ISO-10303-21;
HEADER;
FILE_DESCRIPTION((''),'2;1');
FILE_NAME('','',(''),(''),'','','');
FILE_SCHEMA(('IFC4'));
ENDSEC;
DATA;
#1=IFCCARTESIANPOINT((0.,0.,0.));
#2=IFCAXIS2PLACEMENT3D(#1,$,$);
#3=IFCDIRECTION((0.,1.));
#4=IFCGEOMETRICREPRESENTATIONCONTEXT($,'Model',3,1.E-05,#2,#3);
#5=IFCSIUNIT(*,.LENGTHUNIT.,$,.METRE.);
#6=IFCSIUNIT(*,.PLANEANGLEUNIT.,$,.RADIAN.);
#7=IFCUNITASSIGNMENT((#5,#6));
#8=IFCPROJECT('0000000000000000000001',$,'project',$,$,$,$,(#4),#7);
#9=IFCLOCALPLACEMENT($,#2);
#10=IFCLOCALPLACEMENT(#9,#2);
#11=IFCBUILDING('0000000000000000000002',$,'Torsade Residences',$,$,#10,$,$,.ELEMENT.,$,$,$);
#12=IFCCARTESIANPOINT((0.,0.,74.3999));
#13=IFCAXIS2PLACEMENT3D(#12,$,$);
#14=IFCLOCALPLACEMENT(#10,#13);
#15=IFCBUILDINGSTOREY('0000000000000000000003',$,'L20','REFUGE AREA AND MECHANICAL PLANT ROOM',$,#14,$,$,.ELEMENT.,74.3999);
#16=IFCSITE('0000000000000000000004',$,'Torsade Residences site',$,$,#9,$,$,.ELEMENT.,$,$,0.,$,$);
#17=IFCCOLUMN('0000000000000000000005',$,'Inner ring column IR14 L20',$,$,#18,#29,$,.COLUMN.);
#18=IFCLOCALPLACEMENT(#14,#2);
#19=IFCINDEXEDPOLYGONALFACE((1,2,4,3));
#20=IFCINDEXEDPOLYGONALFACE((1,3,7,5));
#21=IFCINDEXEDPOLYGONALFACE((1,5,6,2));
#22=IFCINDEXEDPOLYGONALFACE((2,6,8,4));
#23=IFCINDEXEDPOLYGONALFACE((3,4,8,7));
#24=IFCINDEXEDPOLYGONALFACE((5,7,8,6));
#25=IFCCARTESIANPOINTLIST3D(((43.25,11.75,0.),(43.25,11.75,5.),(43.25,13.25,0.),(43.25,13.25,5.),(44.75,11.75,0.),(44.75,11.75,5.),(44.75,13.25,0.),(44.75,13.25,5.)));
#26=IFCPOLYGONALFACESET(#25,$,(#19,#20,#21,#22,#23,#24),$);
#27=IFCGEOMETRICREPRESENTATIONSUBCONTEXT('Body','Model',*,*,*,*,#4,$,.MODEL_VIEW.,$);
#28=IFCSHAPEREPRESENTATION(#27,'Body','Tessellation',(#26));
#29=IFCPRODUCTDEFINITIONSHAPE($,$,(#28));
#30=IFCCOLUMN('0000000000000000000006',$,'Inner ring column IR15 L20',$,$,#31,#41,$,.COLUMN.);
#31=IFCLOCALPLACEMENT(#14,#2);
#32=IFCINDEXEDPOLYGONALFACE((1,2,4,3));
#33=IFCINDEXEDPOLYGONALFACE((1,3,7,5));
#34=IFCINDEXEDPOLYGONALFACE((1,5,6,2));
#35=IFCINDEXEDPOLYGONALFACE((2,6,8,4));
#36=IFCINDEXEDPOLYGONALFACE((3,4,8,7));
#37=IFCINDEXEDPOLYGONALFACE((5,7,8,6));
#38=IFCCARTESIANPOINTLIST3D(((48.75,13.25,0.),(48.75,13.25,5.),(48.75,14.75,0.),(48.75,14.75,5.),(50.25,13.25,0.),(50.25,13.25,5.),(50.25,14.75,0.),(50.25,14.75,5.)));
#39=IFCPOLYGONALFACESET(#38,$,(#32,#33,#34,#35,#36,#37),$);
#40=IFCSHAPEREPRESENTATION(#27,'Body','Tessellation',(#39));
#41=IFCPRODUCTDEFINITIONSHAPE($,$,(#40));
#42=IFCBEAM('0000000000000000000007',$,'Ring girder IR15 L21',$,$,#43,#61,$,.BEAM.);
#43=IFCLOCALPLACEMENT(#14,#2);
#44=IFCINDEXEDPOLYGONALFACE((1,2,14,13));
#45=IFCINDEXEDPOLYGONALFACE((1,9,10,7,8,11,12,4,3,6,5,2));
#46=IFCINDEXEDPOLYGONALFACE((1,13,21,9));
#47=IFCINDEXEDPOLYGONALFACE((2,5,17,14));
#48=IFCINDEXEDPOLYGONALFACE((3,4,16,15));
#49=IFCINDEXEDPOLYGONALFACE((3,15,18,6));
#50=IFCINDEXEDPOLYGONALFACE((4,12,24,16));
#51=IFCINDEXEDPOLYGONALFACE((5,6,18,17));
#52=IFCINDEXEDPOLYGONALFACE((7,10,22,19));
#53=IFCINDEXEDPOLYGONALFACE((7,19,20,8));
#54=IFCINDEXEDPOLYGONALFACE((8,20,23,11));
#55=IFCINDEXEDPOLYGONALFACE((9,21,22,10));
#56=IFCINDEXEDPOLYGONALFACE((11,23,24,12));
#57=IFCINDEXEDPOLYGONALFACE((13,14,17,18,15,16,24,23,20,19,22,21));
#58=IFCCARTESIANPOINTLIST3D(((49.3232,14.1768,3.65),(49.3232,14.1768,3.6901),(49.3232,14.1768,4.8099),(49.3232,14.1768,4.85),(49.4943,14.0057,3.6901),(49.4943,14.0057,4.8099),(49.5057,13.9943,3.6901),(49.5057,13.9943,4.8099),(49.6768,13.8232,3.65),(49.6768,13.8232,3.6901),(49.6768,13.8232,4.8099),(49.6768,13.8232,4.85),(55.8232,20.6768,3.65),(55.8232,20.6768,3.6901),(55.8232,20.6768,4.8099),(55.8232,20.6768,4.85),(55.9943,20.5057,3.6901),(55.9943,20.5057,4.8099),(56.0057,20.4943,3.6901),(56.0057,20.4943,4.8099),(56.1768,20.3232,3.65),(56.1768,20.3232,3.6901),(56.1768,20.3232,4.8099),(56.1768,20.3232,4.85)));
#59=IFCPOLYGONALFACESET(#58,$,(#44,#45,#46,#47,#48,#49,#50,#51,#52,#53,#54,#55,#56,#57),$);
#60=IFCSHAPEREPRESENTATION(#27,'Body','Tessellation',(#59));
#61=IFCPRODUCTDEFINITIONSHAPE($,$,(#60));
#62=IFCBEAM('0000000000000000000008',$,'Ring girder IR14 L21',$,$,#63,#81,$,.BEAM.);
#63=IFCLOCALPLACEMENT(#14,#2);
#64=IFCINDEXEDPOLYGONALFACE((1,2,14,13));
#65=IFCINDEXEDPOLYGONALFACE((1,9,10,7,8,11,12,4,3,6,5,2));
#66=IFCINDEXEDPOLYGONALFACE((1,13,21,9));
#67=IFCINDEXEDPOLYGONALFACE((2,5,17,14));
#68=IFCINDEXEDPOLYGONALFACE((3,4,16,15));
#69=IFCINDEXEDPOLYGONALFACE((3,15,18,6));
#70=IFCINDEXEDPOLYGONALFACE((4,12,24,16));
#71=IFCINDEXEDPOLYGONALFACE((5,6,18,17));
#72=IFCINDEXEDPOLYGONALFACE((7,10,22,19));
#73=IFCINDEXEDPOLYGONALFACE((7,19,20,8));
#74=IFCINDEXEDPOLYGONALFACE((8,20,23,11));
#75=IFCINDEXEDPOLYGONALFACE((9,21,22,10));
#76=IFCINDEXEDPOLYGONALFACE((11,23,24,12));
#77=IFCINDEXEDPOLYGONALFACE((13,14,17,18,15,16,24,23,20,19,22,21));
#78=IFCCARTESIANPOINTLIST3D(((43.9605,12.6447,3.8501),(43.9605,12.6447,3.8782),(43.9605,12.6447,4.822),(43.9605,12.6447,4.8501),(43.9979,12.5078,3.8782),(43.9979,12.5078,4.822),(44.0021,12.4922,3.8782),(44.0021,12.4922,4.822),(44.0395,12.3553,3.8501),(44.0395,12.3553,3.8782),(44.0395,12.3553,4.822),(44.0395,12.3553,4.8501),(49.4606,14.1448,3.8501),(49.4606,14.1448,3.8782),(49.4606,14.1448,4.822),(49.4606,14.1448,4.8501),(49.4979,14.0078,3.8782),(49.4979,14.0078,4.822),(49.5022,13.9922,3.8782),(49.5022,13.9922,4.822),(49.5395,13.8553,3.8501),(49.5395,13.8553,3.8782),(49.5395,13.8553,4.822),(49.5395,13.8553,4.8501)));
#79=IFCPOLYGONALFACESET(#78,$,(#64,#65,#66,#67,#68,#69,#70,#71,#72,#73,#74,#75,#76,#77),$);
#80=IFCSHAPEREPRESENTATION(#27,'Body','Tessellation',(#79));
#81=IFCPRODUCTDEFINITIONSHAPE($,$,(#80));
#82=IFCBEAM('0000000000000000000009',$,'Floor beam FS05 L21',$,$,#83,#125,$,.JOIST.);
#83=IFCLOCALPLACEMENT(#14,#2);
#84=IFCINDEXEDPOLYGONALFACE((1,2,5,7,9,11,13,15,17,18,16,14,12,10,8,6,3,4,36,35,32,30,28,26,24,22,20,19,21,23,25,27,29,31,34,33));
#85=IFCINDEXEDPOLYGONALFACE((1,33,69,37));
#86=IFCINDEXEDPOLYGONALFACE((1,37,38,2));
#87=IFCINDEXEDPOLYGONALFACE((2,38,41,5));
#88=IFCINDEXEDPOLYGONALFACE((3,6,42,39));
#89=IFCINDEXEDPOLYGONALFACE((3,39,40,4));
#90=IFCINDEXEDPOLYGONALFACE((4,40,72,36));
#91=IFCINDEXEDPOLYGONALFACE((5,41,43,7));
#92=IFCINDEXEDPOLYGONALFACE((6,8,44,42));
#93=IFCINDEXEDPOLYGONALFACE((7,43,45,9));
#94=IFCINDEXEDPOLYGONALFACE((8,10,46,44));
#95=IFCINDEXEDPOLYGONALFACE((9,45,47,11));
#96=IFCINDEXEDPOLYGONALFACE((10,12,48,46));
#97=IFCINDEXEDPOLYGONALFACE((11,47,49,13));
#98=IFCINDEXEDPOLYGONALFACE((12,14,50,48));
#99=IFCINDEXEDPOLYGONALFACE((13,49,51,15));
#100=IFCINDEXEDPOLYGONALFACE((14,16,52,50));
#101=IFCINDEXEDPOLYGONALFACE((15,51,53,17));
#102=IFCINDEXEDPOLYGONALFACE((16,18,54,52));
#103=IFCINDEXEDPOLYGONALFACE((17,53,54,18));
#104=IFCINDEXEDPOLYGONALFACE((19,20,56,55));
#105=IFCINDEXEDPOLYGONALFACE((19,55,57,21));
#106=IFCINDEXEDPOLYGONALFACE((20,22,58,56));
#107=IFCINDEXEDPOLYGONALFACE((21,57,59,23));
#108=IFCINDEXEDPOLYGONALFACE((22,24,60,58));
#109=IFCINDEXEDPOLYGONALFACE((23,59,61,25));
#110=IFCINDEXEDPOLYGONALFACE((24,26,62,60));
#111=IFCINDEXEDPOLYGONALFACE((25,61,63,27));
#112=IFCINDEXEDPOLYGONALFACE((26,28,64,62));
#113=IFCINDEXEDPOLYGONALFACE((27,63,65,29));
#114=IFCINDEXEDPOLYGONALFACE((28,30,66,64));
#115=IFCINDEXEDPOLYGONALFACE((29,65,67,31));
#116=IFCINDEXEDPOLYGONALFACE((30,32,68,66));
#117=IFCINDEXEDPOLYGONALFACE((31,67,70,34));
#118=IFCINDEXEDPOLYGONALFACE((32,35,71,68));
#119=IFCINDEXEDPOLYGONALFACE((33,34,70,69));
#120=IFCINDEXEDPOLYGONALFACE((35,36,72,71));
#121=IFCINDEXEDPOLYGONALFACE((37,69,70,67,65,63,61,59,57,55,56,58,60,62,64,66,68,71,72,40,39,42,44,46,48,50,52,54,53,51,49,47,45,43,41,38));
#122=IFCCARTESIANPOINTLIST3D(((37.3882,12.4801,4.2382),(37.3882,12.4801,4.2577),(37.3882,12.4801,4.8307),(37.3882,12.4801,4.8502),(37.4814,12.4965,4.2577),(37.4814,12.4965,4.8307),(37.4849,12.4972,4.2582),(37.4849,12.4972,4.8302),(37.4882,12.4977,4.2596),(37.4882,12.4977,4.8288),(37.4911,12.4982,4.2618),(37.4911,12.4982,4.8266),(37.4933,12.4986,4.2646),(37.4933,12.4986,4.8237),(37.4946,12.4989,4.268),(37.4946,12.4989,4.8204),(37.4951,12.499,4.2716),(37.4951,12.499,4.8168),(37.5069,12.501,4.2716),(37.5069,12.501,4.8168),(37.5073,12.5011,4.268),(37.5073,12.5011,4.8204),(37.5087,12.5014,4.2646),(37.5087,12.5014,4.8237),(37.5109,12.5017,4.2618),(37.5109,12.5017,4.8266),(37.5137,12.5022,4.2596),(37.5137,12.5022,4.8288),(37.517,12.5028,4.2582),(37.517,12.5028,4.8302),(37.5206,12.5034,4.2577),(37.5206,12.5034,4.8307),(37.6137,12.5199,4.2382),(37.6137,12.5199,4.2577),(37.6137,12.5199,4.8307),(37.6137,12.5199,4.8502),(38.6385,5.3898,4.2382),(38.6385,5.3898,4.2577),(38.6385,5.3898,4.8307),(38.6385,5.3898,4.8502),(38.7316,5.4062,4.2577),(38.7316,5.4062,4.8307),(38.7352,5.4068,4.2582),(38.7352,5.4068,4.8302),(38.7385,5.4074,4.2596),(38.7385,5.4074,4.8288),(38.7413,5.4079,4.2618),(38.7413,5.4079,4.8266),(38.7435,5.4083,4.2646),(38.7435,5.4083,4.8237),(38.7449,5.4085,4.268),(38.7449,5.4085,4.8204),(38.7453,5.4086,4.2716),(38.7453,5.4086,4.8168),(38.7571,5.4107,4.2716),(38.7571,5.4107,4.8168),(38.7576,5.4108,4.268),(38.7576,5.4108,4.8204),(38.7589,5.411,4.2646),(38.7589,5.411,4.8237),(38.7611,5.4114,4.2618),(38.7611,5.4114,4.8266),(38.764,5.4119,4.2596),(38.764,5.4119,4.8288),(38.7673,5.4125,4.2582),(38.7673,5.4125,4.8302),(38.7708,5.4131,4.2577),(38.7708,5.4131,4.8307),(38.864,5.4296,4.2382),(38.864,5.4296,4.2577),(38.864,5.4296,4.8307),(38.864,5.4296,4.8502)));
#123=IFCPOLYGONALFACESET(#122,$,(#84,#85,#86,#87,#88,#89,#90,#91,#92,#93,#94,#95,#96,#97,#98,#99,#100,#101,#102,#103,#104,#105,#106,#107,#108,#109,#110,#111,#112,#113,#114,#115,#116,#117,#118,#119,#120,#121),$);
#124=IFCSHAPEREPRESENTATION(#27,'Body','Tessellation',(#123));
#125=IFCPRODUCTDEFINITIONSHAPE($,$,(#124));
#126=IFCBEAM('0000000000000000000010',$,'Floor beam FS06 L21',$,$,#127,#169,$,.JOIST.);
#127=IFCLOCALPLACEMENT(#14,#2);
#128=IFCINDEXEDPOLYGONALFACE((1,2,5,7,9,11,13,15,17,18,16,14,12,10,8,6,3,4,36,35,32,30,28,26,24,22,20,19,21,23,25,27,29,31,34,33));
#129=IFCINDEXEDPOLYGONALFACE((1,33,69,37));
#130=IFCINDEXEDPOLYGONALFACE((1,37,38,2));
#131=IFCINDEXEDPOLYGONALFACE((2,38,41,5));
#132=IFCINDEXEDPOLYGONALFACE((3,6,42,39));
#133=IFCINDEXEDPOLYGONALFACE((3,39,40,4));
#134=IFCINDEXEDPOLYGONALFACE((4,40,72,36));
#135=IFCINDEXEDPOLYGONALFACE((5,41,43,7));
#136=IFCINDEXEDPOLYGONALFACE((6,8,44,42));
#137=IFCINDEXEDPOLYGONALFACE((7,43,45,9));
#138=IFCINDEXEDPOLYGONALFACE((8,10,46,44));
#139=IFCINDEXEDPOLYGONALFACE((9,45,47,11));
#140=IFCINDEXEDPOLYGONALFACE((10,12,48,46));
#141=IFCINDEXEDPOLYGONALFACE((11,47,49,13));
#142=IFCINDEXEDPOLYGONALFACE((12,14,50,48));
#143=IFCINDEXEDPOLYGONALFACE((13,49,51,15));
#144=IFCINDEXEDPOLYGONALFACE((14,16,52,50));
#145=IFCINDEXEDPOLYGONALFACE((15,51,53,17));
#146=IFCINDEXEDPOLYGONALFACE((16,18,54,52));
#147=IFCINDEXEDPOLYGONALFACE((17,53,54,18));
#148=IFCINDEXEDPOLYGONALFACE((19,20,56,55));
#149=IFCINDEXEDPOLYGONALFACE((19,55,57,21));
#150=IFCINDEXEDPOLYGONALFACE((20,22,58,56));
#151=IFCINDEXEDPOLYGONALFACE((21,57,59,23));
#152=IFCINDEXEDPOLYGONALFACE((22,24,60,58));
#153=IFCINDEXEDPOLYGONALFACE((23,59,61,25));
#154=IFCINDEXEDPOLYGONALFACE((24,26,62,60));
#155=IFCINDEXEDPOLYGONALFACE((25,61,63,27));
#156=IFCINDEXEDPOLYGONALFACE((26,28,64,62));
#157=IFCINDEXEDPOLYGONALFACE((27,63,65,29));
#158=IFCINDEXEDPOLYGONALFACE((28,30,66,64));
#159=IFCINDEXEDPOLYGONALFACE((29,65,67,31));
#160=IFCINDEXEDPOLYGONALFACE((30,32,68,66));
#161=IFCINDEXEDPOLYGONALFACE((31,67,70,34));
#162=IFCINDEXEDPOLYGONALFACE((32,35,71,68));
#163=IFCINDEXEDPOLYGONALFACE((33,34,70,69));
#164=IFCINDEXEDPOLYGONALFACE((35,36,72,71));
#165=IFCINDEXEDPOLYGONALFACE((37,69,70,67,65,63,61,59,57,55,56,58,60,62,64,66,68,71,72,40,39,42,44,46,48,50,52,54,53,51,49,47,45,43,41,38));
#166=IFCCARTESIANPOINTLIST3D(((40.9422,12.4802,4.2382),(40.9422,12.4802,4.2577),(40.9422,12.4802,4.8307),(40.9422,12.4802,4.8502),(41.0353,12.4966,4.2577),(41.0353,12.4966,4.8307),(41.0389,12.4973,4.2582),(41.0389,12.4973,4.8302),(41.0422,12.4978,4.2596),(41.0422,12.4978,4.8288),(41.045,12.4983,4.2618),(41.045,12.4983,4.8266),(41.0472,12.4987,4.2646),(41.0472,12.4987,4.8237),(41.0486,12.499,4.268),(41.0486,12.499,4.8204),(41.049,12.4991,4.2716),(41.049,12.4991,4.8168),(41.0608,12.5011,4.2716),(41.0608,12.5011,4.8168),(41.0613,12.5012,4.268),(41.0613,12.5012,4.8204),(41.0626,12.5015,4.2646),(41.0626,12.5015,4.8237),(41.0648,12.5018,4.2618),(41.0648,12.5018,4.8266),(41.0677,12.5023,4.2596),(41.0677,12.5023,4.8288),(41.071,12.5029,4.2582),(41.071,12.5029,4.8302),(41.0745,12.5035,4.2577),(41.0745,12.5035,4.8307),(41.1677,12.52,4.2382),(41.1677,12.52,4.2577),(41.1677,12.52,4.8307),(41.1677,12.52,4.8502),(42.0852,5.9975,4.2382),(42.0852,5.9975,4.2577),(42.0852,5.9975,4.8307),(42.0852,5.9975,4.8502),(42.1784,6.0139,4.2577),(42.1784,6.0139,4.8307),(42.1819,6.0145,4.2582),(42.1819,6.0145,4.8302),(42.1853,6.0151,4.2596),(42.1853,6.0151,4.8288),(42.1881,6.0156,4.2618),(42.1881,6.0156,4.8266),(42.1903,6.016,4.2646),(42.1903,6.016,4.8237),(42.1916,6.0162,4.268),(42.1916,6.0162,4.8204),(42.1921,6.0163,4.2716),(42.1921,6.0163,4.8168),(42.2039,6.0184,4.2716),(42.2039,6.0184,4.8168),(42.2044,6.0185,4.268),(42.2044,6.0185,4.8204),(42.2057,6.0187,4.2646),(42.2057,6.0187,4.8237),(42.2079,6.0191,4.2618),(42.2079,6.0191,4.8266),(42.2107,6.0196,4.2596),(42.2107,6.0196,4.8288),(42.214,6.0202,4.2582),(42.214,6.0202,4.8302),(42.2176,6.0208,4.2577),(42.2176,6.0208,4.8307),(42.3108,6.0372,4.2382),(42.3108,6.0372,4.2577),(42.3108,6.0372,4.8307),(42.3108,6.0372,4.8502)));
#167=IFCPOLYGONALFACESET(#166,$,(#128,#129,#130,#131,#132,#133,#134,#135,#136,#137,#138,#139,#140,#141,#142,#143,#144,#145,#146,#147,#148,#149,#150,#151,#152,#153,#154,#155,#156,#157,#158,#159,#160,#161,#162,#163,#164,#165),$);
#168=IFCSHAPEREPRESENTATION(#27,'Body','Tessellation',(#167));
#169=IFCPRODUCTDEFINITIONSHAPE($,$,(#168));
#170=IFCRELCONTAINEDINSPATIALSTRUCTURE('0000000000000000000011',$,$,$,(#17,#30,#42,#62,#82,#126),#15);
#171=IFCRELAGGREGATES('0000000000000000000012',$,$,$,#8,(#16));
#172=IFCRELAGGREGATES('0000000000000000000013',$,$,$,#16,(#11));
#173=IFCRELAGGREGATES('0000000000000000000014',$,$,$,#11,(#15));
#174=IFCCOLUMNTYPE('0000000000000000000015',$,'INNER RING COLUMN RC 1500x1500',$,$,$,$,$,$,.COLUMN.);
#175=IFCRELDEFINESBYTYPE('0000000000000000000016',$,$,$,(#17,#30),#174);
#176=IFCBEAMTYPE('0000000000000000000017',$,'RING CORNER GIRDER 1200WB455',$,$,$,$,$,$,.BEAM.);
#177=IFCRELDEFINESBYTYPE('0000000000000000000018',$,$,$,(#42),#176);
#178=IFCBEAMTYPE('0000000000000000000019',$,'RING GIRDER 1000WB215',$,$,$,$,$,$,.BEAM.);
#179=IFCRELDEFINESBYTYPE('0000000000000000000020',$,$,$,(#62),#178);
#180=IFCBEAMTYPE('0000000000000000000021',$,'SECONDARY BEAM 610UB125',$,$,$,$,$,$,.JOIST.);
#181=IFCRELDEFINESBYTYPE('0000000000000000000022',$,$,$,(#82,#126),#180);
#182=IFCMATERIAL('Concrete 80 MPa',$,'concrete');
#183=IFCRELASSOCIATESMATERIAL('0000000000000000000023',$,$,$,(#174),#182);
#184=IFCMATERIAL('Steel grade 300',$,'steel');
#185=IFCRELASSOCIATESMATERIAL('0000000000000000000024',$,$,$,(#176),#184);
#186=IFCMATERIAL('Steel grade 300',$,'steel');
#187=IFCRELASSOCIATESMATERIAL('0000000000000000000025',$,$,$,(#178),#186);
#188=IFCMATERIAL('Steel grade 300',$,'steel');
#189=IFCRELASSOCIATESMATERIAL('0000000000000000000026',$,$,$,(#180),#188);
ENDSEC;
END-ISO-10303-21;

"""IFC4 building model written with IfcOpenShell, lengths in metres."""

from ifc_helpers import new_model, si_unit, direction, frame, origin, origin_2d, place, context, subcontext, project, spatial, rectangle, i_section, extrude, material, material_profile, profile_set, type_object, element, save


model = new_model("IFC4")

# Units and contexts
model_context = context("Model", 3, precision=1e-05, world=origin(), true_north=direction((0.0, 1.0)))
body_context = subcontext(model_context, "Body", "Model", "MODEL_VIEW")
ifc_project = project(units=[si_unit("LENGTHUNIT", "METRE"), si_unit("PLANEANGLEUNIT", "RADIAN")], contexts=[model_context])

# Site, building, storey
site_placement = place(None, origin())
site = spatial("IfcSite", under=ifc_project, at=site_placement, Name="Torsade Residences site", CompositionType="ELEMENT", RefElevation=0.0)
building_placement = place(site_placement, origin())
building = spatial("IfcBuilding", under=site, at=building_placement, Name="Torsade Residences", CompositionType="ELEMENT")
storey_placement = place(building_placement, frame((0.0, 0.0, 74.3999)))
storey = spatial("IfcBuildingStorey", under=building, at=storey_placement, Name="L20", Description="REFUGE AREA AND MECHANICAL PLANT ROOM", CompositionType="ELEMENT", Elevation=74.3999)

# Columns
ifc_material_1 = material(Name="Concrete 80 MPa", Category="concrete")
ifc_material_profile_1 = material_profile(ifc_material_1, rectangle(XDim=1.5, YDim=1.5, at=origin_2d()), Name="RC 1500x1500")
ifc_profile_set_1 = profile_set([ifc_material_profile_1], Name="Concrete 80 MPa")
column_type = type_object("IfcColumnType", Name="INNER RING COLUMN RC 1500x1500", PredefinedType="COLUMN", material=ifc_profile_set_1)
for number, where, z_axis, x_axis, name in (
    (1, (44.0, 12.5, 0.0), (0.0, 0.0, 1.0), (1.0, 0.0, 0.0), "Inner ring column IR14 L20"),
    (2, (49.5, 14.0, 0.0), (0.0, 0.0, 1.0), (1.0, 0.0, 0.0), "Inner ring column IR15 L20"),
):
    element("IfcColumn", number, at=place(storey_placement, frame(where, z_axis=z_axis, x_axis=x_axis)), inside=storey, type_object=column_type, Name=name, PredefinedType="COLUMN", context=body_context, shape_type="SweptSolid", body=[
        extrude(rectangle(XDim=1.5, YDim=1.5, at=origin_2d()), origin(), (0.0, 0.0, 1.0), 5.0),
    ])

# Beams
ifc_material_2 = material(Name="Steel grade 300", Category="steel")
ifc_material_profile_2 = material_profile(ifc_material_2, i_section(OverallWidth=0.5, OverallDepth=1.2, WebThickness=0.0161, FlangeThickness=0.04, at=origin_2d()), Name="1200WB455")
ifc_profile_set_2 = profile_set([ifc_material_profile_2], Name="Steel grade 300")
beam_type_1 = type_object("IfcBeamType", Name="RING CORNER GIRDER 1200WB455", PredefinedType="BEAM", material=ifc_profile_set_2)
beam_1_placement = place(storey_placement, frame((49.5, 14.0, 4.25), z_axis=(0.707107, 0.707107, 0.0), x_axis=(-0.707107, 0.707107, 0.0)))
element("IfcBeam", 3, at=beam_1_placement, inside=storey, type_object=beam_type_1, Name="Ring girder IR15 L21", PredefinedType="BEAM", context=body_context, shape_type="SweptSolid", body=[
    extrude(i_section(OverallWidth=0.5, OverallDepth=1.2, WebThickness=0.0161, FlangeThickness=0.04, at=origin_2d()), origin(), (0.0, 0.0, 1.0), 9.1924),
])
ifc_material_3 = material(Name="Steel grade 300", Category="steel")
ifc_material_profile_3 = material_profile(ifc_material_3, i_section(OverallWidth=0.3, OverallDepth=1.0, WebThickness=0.0161, FlangeThickness=0.0281, at=origin_2d()), Name="1000WB215")
ifc_profile_set_3 = profile_set([ifc_material_profile_3], Name="Steel grade 300")
beam_type_2 = type_object("IfcBeamType", Name="RING GIRDER 1000WB215", PredefinedType="BEAM", material=ifc_profile_set_3)
beam_2_placement = place(storey_placement, frame((44.0, 12.5, 4.3501), z_axis=(0.964764, 0.263117, 0.0), x_axis=(-0.263117, 0.964764, 0.0)))
element("IfcBeam", 4, at=beam_2_placement, inside=storey, type_object=beam_type_2, Name="Ring girder IR14 L21", PredefinedType="BEAM", context=body_context, shape_type="SweptSolid", body=[
    extrude(i_section(OverallWidth=0.3, OverallDepth=1.0, WebThickness=0.0161, FlangeThickness=0.0281, at=origin_2d()), origin(), (0.0, 0.0, 1.0), 5.7009),
])
ifc_material_4 = material(Name="Steel grade 300", Category="steel")
ifc_material_profile_4 = material_profile(ifc_material_4, i_section(OverallWidth=0.229, OverallDepth=0.6121, WebThickness=0.012, FlangeThickness=0.0195, FilletRadius=0.0139, at=origin_2d()), Name="610UB125")
ifc_profile_set_4 = profile_set([ifc_material_profile_4], Name="Steel grade 300")
beam_type_3 = type_object("IfcBeamType", Name="SECONDARY BEAM 610UB125", PredefinedType="JOIST", material=ifc_profile_set_4)
beam_3_placement = place(storey_placement, frame((38.7512, 5.4097, 4.5442), z_axis=(-0.173652, 0.984807, 0.0), x_axis=(-0.984807, -0.173652, 0.0)))
element("IfcBeam", 5, at=beam_3_placement, inside=storey, type_object=beam_type_3, Name="Floor beam FS05 L21", PredefinedType="JOIST", context=body_context, shape_type="SweptSolid", body=[
    extrude(i_section(OverallWidth=0.229, OverallDepth=0.6121, WebThickness=0.012, FlangeThickness=0.0195, FilletRadius=0.0139, at=origin_2d()), origin(), (0.0, 0.0, 1.0), 7.1997),
])
beam_4_placement = place(storey_placement, frame((42.198, 6.0173, 4.5442), z_axis=(-0.173648, 0.984808, 0.0), x_axis=(-0.984808, -0.173648, 0.0)))
element("IfcBeam", 6, at=beam_4_placement, inside=storey, type_object=beam_type_3, Name="Floor beam FS06 L21", PredefinedType="JOIST", context=body_context, shape_type="SweptSolid", body=[
    extrude(i_section(OverallWidth=0.229, OverallDepth=0.6121, WebThickness=0.012, FlangeThickness=0.0195, FilletRadius=0.0139, at=origin_2d()), origin(), (0.0, 0.0, 1.0), 6.5828),
])

save(model, "model.ifc")
